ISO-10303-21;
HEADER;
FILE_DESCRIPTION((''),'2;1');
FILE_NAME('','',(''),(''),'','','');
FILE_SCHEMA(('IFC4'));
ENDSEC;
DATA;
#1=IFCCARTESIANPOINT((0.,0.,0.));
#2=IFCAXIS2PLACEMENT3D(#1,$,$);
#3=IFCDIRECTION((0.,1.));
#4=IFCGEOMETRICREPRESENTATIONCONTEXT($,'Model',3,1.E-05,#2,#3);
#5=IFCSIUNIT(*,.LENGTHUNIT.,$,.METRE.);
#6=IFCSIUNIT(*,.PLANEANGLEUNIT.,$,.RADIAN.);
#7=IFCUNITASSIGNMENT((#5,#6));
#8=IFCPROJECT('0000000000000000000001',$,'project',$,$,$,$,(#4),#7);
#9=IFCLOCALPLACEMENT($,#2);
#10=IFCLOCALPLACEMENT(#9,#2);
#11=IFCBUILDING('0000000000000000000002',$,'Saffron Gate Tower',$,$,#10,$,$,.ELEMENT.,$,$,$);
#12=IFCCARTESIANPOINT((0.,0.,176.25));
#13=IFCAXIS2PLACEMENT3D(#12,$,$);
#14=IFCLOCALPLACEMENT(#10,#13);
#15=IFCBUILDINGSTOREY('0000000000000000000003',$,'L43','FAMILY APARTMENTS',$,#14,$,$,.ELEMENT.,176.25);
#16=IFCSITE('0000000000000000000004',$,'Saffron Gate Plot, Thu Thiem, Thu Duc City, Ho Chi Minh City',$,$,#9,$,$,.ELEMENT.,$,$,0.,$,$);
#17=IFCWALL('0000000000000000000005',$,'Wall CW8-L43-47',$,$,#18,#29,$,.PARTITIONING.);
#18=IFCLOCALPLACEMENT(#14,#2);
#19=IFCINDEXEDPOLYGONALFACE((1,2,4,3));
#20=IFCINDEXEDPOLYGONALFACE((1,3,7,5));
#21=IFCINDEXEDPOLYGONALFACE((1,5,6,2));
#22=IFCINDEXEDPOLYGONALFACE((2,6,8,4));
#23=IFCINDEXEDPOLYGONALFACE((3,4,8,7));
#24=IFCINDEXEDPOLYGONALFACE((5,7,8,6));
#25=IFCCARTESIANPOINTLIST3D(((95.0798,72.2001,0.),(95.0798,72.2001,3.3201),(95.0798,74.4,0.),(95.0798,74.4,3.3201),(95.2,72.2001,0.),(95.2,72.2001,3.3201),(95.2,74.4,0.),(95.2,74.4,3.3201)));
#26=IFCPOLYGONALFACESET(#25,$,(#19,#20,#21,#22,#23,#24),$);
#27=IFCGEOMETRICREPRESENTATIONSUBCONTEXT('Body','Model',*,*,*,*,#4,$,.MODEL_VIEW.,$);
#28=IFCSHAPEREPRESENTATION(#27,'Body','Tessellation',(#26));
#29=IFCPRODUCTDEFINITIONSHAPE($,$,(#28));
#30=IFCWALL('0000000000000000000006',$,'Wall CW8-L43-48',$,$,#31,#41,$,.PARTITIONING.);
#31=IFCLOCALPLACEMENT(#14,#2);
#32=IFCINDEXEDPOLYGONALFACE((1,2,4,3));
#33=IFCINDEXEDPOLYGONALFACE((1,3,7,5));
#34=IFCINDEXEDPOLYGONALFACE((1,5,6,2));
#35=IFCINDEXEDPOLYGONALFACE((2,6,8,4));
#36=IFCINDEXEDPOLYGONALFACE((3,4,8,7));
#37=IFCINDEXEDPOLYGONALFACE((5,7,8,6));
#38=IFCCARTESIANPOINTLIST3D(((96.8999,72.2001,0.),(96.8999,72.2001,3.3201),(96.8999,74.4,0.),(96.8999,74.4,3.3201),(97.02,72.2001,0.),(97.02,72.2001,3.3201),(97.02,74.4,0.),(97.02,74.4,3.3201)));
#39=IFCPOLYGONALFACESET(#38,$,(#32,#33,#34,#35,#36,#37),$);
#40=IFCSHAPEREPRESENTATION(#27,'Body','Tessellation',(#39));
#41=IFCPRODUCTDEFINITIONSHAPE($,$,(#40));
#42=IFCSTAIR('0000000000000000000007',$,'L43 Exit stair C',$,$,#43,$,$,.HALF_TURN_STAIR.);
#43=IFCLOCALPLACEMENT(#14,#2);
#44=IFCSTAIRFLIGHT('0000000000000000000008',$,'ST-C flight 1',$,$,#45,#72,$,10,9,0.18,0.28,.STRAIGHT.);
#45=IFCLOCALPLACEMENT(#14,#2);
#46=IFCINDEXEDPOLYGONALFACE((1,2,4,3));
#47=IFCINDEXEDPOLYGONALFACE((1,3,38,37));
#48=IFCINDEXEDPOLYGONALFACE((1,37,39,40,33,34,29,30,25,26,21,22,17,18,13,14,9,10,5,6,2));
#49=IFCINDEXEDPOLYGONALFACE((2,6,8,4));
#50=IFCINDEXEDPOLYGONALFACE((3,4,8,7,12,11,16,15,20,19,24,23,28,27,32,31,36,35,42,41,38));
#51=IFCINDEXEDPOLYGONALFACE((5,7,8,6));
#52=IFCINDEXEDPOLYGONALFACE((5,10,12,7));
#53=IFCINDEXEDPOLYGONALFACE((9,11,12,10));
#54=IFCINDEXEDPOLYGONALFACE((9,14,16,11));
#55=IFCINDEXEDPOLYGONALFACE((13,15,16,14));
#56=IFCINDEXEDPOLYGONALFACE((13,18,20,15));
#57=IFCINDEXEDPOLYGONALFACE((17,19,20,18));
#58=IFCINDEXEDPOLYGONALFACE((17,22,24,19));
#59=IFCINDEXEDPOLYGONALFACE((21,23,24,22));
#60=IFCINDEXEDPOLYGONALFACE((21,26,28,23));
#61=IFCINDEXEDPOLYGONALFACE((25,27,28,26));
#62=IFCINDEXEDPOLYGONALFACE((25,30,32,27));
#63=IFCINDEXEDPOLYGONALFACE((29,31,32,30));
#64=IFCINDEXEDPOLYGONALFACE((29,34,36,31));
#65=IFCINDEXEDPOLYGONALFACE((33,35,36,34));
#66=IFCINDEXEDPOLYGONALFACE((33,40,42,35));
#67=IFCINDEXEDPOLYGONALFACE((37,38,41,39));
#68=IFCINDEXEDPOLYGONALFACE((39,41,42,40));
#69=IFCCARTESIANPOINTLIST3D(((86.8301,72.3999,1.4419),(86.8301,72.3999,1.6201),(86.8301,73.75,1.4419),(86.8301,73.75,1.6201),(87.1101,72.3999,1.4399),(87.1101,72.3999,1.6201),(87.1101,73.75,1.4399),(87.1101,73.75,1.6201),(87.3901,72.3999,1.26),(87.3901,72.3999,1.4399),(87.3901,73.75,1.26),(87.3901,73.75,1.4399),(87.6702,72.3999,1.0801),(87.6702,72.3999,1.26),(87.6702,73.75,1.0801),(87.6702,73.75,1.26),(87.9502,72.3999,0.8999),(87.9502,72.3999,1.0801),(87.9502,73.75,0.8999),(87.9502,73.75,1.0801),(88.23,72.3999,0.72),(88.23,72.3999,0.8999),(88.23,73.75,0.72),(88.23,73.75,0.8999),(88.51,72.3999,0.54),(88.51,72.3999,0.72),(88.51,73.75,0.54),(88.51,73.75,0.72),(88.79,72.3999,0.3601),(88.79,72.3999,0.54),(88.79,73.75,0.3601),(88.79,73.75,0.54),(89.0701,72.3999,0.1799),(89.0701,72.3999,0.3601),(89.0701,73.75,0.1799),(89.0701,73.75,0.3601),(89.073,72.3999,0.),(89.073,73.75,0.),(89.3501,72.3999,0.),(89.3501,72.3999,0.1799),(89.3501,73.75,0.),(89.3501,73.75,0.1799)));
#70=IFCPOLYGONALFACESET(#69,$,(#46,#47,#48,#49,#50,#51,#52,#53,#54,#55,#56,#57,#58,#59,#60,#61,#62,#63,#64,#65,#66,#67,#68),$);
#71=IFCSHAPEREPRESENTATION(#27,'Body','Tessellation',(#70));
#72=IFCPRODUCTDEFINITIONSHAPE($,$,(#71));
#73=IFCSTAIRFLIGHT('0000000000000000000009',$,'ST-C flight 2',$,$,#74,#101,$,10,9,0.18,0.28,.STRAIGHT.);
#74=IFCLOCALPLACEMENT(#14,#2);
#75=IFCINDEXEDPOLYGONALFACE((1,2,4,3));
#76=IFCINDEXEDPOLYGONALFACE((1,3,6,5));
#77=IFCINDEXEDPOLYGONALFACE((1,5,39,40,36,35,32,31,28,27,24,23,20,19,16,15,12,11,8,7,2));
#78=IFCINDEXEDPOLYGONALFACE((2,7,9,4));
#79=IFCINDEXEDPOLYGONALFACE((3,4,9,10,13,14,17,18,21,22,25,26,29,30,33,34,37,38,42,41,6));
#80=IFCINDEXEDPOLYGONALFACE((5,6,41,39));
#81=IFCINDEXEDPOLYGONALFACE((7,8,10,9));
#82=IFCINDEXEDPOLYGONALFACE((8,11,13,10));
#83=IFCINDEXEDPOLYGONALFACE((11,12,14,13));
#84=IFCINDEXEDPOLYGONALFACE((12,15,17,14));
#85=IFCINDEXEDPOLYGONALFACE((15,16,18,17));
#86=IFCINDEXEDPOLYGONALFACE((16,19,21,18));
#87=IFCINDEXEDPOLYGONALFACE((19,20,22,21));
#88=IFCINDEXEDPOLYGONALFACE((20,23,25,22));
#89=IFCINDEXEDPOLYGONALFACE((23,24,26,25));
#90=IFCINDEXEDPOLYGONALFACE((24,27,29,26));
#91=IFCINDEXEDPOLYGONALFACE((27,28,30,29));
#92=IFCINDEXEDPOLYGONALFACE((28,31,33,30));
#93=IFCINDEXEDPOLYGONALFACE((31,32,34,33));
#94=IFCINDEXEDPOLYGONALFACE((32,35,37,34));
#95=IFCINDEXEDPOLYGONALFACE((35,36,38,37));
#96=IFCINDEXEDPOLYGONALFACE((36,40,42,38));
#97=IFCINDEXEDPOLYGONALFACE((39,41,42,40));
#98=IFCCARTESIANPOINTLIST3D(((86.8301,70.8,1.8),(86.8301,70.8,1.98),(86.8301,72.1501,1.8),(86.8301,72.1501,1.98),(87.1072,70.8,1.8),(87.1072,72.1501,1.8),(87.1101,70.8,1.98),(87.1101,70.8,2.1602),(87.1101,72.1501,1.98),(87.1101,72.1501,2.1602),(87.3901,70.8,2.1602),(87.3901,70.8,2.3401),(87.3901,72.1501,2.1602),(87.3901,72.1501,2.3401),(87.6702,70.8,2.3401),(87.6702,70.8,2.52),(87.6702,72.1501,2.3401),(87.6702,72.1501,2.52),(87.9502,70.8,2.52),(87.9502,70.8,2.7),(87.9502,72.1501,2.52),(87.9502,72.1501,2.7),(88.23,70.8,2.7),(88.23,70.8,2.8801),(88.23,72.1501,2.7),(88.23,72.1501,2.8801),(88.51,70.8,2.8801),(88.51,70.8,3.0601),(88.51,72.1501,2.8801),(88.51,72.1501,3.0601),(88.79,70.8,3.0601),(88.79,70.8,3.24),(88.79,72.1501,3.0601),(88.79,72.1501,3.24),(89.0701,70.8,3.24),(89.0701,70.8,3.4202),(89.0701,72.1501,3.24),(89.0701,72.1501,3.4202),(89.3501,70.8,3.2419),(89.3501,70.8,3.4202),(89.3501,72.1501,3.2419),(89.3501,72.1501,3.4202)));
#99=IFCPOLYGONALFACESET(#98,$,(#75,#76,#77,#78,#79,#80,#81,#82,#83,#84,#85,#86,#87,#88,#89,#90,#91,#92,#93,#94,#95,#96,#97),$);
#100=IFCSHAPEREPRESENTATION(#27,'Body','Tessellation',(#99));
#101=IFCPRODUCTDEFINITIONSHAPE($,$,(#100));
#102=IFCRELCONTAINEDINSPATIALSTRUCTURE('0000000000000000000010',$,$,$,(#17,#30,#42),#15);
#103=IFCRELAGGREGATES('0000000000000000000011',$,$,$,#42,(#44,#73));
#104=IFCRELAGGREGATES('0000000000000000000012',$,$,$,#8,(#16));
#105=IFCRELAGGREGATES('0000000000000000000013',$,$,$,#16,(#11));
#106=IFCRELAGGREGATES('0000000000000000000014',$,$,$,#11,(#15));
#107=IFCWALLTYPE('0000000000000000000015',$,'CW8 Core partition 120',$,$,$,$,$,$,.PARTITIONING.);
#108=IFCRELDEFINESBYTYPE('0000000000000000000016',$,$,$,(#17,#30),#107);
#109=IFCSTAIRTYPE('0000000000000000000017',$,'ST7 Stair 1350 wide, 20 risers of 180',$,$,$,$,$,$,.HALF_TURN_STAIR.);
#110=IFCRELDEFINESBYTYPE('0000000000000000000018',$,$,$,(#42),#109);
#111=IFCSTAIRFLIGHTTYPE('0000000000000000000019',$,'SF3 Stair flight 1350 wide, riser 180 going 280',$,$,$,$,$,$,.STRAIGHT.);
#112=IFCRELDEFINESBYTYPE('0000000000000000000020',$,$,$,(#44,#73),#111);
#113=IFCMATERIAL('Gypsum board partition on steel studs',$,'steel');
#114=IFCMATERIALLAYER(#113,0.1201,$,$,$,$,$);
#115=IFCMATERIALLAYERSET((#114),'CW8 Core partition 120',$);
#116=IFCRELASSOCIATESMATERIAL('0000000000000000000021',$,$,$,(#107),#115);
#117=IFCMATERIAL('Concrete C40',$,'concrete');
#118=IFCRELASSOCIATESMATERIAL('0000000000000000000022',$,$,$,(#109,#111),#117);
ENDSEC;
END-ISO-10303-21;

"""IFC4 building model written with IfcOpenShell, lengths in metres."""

from ifc_helpers import new_model, si_unit, direction, frame, frame_2d, origin, place, context, subcontext, project, spatial, polyline, rectangle, outline, extrude, material, layer, layer_set, type_object, element, aggregate, save


model = new_model("IFC4")

# Units and contexts
model_context = context("Model", 3, precision=1e-05, world=origin(), true_north=direction((0.0, 1.0)))
body_context = subcontext(model_context, "Body", "Model", "MODEL_VIEW")
ifc_project = project(units=[si_unit("LENGTHUNIT", "METRE"), si_unit("PLANEANGLEUNIT", "RADIAN")], contexts=[model_context])

# Site, building, storey
site_placement = place(None, origin())
site = spatial("IfcSite", under=ifc_project, at=site_placement, Name="Saffron Gate Plot, Thu Thiem, Thu Duc City, Ho Chi Minh City", CompositionType="ELEMENT", RefElevation=0.0)
building_placement = place(site_placement, origin())
building = spatial("IfcBuilding", under=site, at=building_placement, Name="Saffron Gate Tower", CompositionType="ELEMENT")
storey_placement = place(building_placement, frame((0.0, 0.0, 176.25)))
storey = spatial("IfcBuildingStorey", under=building, at=storey_placement, Name="L43", Description="FAMILY APARTMENTS", CompositionType="ELEMENT", Elevation=176.25)

# Shared definitions
ifc_material_1 = material(Name="Gypsum board partition on steel studs", Category="steel")

# Shared definitions
ifc_layer_1 = layer(ifc_material_1, 0.1201)
ifc_layer_set_1 = layer_set([ifc_layer_1], Name="CW8 Core partition 120")
wall_type_1 = type_object("IfcWallType", Name="CW8 Core partition 120", PredefinedType="PARTITIONING", material=ifc_layer_set_1)

# Walls
for number, where, z_axis, x_axis, name in (
    (1, (95.1399, 72.2, 0.0), (0.0, 0.0, 1.0), (0.0, 1.0, 0.0), "Wall CW8-L43-47"),
    (2, (96.96, 72.2, 0.0), (0.0, 0.0, 1.0), (0.0, 1.0, 0.0), "Wall CW8-L43-48"),
):
    element("IfcWall", number, at=place(storey_placement, frame(where, z_axis=z_axis, x_axis=x_axis)), inside=storey, type_object=wall_type_1, Name=name, PredefinedType="PARTITIONING", context=body_context, shape_type="SweptSolid", body=[
        extrude(rectangle(XDim=2.2, YDim=0.1201, at=frame_2d((1.1001, 0.0))), origin(), (0.0, 0.0, 1.0), 3.3201),
    ])

# Stair, stair flights
ifc_material_2 = material(Name="Concrete C40", Category="concrete")
stair_type = type_object("IfcStairType", Name="ST7 Stair 1350 wide, 20 risers of 180", PredefinedType="HALF_TURN_STAIR", material=ifc_material_2)
stair_placement = place(storey_placement, origin())
stair = element("IfcStair", 3, at=stair_placement, inside=storey, type_object=stair_type, Name="L43 Exit stair C", PredefinedType="HALF_TURN_STAIR")
stair_flight_type = type_object("IfcStairFlightType", Name="SF3 Stair flight 1350 wide, riser 180 going 280", PredefinedType="STRAIGHT", material=ifc_material_2)
stair_flight_1_placement = place(storey_placement, frame((89.3501, 73.075, 0.0), z_axis=(0.0, 0.0, 1.0), x_axis=(-1.0, 0.0, 0.0)))
stair_flight_1 = element("IfcStairFlight", 4, at=stair_flight_1_placement, type_object=stair_flight_type, Name="ST-C flight 1", NumberOfRisers=10, NumberOfTreads=9, PredefinedType="STRAIGHT", RiserHeight=0.18, TreadLength=0.28, context=body_context, shape_type="SweptSolid", body=[
    extrude(outline(polyline([(0.0, 0.0), (0.0, 0.1799), (0.28, 0.1799), (0.28, 0.3601), (0.5601, 0.3601), (0.5601, 0.54), (0.8401, 0.54), (0.8401, 0.72), (1.1201, 0.72), (1.1201, 0.8999), (1.3999, 0.8999), (1.3999, 1.0801), (1.6799, 1.0801), (1.6799, 1.26), (1.96, 1.26), (1.96, 1.4399), (2.24, 1.4399), (2.24, 1.6201), (2.52, 1.6201), (2.52, 1.8), (2.52, 1.4419), (0.2771, 0.0), (0.0, 0.0)])), frame((0.0, 0.675, 0.0), z_axis=(0.0, -1.0, 0.0), x_axis=(1.0, 0.0, 0.0)), (0.0, 0.0, 1.0), 1.3501),
])
stair_flight_2_placement = place(storey_placement, frame((86.8301, 71.4751, 1.8), z_axis=(0.0, 0.0, 1.0), x_axis=(1.0, 0.0, 0.0)))
stair_flight_2 = element("IfcStairFlight", 5, at=stair_flight_2_placement, type_object=stair_flight_type, Name="ST-C flight 2", NumberOfRisers=10, NumberOfTreads=9, PredefinedType="STRAIGHT", RiserHeight=0.18, TreadLength=0.28, context=body_context, shape_type="SweptSolid", body=[
    extrude(outline(polyline([(0.0, 0.0), (0.0, 0.1799), (0.28, 0.1799), (0.28, 0.3601), (0.5601, 0.3601), (0.5601, 0.54), (0.8401, 0.54), (0.8401, 0.72), (1.1201, 0.72), (1.1201, 0.8999), (1.3999, 0.8999), (1.3999, 1.0801), (1.6799, 1.0801), (1.6799, 1.26), (1.96, 1.26), (1.96, 1.4399), (2.24, 1.4399), (2.24, 1.6201), (2.52, 1.6201), (2.52, 1.8), (2.52, 1.4419), (0.2771, 0.0), (0.0, 0.0)])), frame((0.0, 0.675, 0.0), z_axis=(0.0, -1.0, 0.0), x_axis=(1.0, 0.0, 0.0)), (0.0, 0.0, 1.0), 1.3501),
])
aggregate(stair, [stair_flight_1, stair_flight_2])

save(model, "model.ifc")
